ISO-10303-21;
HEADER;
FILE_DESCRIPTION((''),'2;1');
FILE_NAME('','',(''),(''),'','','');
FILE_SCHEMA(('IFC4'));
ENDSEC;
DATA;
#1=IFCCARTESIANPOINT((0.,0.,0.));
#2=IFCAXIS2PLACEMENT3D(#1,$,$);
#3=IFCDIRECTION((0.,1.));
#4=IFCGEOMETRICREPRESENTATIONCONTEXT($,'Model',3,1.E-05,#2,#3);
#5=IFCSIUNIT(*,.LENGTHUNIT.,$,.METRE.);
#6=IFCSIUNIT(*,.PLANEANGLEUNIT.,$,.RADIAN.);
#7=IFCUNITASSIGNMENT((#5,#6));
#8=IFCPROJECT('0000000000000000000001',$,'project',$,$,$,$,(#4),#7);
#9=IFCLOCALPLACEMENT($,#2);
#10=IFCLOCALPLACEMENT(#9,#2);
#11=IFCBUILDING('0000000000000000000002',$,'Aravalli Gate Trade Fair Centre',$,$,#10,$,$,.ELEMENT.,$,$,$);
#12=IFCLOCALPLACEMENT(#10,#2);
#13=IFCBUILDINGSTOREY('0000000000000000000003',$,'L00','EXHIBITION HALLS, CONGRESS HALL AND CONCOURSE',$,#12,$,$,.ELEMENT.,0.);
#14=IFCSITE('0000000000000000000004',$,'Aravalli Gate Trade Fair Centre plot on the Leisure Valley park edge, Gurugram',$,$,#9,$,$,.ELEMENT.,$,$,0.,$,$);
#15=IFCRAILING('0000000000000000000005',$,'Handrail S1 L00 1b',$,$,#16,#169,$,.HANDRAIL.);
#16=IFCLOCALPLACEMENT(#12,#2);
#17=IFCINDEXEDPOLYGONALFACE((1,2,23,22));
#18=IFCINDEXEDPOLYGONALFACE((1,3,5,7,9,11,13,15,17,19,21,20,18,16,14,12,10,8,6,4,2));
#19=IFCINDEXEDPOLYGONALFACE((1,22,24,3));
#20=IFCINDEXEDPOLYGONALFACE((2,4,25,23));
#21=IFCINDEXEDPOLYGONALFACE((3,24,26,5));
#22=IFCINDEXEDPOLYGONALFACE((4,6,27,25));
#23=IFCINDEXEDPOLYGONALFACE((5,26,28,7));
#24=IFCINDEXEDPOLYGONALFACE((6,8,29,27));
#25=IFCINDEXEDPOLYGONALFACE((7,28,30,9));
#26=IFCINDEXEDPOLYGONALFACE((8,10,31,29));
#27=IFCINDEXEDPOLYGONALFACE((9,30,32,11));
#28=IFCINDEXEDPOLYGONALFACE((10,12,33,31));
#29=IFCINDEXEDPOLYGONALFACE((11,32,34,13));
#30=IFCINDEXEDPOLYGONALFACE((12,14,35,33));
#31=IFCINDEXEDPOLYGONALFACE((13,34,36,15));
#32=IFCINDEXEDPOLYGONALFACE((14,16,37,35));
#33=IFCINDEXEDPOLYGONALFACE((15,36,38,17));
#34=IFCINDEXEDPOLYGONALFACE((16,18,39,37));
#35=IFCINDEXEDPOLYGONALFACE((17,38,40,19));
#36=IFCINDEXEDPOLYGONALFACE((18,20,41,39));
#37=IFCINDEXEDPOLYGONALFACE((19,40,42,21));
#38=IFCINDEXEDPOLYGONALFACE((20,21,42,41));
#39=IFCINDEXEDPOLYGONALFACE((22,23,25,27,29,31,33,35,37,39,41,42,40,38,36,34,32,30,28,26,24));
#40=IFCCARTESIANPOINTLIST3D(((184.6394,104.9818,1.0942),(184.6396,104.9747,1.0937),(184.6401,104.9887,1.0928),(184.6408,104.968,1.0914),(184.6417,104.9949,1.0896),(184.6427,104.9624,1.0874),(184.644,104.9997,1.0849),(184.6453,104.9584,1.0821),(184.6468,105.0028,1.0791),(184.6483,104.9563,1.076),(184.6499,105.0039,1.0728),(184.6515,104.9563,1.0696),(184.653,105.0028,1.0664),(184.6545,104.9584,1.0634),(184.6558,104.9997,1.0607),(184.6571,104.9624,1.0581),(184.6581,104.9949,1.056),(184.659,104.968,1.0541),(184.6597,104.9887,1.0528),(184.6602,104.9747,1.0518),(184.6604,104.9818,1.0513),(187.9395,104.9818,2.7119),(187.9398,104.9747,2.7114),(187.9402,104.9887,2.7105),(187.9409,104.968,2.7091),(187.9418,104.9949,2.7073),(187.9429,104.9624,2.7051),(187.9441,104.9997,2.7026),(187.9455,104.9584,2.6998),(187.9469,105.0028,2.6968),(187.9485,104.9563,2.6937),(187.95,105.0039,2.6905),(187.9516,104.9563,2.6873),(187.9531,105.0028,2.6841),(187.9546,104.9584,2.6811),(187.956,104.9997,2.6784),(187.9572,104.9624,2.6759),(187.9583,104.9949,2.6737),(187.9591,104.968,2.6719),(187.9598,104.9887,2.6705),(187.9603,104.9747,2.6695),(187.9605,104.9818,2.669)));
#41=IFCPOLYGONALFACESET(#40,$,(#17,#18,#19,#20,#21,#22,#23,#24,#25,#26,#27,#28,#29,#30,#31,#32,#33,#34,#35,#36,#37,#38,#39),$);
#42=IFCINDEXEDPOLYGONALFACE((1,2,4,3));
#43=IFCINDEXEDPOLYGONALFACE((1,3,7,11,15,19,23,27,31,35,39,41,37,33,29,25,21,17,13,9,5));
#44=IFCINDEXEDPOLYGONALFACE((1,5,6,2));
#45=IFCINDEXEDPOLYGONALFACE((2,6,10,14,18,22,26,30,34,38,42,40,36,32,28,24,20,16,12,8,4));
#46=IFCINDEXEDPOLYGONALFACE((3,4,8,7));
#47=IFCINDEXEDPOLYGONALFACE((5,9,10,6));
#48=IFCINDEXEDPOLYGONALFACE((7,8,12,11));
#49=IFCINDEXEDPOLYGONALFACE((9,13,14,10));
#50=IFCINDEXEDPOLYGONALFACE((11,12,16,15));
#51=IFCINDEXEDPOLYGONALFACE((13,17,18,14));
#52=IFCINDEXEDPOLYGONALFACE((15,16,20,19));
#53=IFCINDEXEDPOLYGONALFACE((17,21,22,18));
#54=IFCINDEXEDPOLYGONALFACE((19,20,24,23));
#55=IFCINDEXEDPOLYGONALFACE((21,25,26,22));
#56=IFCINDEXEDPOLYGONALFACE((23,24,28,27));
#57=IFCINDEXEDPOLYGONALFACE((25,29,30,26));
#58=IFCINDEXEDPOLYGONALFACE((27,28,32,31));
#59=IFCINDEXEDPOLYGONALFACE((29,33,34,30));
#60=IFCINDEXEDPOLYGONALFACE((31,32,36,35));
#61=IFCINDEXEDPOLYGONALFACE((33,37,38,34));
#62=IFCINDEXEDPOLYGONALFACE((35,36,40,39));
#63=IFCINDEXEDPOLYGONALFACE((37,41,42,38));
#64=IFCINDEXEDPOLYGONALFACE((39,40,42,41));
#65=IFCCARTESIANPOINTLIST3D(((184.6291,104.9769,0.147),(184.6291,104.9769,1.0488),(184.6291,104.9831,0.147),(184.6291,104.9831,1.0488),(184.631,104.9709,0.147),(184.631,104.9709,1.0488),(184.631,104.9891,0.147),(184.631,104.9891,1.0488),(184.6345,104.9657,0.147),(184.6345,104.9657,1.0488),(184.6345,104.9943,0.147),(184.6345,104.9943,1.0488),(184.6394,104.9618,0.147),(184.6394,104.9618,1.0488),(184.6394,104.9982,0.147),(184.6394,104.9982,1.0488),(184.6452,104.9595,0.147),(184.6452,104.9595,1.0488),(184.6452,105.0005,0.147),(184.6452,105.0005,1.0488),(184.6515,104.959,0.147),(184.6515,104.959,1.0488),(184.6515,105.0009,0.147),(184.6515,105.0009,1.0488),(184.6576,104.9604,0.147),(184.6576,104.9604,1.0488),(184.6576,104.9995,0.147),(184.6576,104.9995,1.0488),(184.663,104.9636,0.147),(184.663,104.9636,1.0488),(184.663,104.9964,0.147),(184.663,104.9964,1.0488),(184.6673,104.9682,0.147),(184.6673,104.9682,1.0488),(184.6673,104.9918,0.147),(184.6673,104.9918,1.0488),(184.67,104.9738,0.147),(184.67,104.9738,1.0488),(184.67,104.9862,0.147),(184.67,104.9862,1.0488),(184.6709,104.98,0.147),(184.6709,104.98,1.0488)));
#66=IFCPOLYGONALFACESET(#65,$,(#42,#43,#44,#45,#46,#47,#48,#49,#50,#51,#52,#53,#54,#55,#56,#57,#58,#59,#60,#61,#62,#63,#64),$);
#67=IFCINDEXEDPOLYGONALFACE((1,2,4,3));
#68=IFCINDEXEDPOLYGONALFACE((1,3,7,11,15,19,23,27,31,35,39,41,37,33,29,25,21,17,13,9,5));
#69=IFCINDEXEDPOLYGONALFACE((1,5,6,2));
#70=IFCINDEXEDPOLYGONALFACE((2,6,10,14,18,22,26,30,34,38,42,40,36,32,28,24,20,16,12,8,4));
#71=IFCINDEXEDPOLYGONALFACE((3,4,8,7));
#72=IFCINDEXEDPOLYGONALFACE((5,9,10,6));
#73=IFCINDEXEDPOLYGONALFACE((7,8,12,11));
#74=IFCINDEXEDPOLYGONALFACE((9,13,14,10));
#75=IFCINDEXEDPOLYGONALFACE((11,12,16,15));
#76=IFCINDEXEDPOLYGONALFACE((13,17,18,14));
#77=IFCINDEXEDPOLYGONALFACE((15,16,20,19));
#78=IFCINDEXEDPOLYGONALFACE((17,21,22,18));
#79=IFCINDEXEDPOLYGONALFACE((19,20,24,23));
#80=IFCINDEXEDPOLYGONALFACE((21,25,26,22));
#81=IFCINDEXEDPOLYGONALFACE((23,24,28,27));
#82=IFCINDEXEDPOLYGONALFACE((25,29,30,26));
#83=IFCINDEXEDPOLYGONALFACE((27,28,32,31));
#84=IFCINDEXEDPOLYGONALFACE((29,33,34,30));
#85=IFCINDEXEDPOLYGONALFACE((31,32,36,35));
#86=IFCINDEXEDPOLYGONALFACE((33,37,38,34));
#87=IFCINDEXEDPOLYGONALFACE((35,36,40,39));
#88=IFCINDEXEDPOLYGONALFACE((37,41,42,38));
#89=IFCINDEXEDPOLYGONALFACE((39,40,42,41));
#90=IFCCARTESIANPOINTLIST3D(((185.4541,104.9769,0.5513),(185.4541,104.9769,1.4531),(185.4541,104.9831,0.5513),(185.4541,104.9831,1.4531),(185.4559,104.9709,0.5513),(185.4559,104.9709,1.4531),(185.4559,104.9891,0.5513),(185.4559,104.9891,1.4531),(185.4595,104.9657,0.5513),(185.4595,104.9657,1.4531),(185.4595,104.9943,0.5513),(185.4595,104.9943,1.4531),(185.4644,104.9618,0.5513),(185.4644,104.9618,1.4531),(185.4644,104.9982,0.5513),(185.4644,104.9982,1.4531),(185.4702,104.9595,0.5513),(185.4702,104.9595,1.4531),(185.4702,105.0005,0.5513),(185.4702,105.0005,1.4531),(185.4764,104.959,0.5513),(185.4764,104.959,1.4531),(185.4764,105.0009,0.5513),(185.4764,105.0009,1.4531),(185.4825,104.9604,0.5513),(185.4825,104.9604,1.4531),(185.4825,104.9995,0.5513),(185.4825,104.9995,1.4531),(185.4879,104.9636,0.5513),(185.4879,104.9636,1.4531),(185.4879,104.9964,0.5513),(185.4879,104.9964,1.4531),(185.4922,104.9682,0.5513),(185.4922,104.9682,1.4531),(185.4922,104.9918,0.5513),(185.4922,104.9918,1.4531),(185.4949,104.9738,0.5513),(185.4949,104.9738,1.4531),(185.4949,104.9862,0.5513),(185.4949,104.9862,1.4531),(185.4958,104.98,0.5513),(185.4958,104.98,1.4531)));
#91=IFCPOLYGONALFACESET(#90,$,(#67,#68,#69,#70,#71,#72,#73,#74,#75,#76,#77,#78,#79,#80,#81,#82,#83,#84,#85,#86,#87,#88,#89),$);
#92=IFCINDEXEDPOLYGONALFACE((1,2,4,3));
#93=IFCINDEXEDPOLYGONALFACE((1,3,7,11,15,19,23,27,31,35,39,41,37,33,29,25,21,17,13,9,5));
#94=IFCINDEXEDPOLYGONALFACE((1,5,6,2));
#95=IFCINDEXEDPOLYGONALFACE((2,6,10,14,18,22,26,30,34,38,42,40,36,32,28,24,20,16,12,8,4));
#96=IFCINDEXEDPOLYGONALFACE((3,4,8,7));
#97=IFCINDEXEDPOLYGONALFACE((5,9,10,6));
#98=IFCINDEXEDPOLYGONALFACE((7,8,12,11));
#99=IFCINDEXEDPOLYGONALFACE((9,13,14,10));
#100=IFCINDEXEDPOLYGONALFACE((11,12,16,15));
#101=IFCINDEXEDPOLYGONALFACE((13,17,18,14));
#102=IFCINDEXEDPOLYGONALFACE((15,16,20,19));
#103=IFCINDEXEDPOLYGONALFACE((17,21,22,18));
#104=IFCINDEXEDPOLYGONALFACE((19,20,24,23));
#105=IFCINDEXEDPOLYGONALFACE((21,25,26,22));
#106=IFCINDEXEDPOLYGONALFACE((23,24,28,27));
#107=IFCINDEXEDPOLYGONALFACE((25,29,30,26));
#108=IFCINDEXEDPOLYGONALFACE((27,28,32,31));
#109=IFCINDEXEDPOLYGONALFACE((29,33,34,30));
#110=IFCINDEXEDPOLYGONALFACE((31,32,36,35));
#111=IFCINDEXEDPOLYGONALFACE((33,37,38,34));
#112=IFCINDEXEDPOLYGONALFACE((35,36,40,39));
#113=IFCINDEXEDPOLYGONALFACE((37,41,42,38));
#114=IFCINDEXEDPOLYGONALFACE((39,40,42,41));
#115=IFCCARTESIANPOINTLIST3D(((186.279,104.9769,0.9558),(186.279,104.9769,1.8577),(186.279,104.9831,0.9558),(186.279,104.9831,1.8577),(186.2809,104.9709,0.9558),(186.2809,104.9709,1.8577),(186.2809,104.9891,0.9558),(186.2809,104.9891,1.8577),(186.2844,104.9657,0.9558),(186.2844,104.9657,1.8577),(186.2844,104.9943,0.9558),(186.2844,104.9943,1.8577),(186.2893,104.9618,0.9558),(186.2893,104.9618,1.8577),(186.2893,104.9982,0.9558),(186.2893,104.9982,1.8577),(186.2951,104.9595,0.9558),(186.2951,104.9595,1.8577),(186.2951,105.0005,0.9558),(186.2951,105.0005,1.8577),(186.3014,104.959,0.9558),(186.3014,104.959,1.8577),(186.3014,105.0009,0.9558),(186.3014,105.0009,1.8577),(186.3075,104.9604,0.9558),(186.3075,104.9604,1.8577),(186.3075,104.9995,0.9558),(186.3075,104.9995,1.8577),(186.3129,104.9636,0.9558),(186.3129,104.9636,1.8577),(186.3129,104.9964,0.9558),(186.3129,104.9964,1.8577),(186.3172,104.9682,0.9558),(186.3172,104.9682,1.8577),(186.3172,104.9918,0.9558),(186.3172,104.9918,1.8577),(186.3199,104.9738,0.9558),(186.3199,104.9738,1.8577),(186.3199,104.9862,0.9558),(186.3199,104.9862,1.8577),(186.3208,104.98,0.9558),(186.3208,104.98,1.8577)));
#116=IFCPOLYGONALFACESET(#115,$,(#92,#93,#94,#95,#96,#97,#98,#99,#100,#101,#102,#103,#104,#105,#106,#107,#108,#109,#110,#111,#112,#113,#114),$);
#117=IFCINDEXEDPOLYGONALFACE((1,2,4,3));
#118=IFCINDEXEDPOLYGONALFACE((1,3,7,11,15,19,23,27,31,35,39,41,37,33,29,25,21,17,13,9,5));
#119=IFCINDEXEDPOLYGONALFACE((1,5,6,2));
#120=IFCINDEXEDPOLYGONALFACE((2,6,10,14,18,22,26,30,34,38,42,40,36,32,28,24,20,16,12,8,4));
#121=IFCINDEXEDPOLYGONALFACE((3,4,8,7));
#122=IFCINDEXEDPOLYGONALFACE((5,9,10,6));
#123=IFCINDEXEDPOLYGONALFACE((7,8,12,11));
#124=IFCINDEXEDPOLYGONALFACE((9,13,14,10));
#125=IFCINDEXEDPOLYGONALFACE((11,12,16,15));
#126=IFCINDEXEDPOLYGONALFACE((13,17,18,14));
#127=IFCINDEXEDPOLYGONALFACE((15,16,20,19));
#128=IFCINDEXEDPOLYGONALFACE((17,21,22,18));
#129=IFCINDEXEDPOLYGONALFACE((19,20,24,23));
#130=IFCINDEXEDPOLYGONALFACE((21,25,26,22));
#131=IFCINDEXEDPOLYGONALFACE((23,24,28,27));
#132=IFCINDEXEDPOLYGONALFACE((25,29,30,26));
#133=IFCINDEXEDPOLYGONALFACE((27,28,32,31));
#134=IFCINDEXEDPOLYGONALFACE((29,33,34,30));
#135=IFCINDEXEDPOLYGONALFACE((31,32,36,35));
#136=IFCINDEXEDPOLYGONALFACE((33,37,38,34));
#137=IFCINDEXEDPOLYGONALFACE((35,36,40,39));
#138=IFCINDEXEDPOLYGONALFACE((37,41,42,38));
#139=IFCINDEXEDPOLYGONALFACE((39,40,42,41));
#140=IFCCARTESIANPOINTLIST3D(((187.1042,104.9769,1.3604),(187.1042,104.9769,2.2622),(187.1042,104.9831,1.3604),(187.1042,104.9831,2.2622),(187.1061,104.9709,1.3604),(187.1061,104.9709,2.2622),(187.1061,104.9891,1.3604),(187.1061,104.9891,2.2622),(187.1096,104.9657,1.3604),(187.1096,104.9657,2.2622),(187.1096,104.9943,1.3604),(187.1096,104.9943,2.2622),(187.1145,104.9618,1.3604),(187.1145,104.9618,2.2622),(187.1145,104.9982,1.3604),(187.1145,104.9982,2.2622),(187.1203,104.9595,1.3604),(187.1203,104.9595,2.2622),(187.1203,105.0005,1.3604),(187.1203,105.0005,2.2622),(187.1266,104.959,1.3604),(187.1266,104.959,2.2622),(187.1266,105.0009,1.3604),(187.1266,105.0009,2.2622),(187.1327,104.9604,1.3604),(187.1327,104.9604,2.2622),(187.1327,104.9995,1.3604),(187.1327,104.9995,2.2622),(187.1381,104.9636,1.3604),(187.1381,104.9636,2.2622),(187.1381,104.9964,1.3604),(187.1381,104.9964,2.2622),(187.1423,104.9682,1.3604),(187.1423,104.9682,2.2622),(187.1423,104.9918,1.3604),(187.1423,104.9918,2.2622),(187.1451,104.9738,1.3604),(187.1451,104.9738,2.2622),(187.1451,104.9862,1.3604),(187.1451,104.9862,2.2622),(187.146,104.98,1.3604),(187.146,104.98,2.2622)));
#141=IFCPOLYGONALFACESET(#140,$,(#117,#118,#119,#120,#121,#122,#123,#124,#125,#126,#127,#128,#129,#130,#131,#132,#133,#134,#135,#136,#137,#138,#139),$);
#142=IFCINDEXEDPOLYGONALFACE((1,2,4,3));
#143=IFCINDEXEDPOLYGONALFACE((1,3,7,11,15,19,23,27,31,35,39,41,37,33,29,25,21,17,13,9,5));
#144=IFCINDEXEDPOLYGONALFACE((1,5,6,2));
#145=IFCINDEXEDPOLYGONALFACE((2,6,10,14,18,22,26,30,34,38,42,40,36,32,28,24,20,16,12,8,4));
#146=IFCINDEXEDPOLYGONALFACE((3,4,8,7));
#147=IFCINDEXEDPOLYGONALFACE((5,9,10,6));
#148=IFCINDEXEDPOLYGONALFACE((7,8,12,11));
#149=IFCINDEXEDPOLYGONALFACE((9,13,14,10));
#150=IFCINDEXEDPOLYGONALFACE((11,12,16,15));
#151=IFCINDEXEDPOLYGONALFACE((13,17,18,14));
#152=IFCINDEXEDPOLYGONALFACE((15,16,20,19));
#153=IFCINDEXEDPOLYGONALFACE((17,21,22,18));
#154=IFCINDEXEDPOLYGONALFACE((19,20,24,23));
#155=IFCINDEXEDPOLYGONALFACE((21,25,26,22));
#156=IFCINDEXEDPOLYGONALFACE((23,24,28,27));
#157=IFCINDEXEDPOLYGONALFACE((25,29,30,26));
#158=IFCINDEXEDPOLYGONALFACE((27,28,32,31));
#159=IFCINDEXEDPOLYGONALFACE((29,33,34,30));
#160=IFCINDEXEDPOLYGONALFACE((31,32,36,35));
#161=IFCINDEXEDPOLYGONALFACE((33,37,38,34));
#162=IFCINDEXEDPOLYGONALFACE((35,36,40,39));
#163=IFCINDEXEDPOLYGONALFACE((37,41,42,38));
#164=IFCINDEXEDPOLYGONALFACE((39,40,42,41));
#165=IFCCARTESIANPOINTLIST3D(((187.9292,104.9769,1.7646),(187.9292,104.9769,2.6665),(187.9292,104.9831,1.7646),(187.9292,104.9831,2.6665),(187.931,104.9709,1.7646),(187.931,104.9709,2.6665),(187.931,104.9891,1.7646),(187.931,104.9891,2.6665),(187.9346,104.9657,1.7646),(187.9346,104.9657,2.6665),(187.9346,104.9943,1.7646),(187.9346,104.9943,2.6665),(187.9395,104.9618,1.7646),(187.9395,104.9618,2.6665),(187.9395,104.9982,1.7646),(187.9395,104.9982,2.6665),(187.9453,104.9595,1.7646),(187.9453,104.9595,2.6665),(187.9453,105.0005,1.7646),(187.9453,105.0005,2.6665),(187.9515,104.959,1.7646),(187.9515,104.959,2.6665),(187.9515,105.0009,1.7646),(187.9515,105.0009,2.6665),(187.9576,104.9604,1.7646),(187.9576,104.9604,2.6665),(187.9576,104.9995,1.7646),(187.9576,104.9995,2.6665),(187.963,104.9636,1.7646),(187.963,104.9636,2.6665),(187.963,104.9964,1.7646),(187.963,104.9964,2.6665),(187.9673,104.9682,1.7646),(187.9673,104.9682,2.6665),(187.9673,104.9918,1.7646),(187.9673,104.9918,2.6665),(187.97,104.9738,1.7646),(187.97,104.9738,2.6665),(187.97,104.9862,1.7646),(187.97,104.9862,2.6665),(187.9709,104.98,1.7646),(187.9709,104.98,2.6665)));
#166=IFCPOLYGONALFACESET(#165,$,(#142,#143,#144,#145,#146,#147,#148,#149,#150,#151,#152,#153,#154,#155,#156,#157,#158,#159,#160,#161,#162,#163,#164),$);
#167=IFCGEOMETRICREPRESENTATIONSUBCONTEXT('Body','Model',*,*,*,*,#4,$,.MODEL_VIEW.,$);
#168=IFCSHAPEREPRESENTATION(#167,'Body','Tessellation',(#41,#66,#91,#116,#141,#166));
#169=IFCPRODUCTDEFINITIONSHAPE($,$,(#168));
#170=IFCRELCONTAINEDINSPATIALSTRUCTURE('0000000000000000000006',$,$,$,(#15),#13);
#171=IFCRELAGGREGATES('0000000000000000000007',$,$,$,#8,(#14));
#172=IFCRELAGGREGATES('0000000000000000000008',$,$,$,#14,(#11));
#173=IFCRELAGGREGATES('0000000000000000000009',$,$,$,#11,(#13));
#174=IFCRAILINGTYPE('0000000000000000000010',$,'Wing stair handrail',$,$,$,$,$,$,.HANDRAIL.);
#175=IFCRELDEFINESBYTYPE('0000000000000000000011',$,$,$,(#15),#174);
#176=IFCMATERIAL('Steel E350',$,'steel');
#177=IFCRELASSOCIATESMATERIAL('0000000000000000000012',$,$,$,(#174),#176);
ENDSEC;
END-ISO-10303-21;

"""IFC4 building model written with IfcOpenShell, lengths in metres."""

from ifc_helpers import new_model, si_unit, direction, frame, origin, origin_2d, place, context, subcontext, project, spatial, circle, extrude, material, type_object, element, save


model = new_model("IFC4")

# Units and contexts
model_context = context("Model", 3, precision=1e-05, world=origin(), true_north=direction((0.0, 1.0)))
body_context = subcontext(model_context, "Body", "Model", "MODEL_VIEW")
ifc_project = project(units=[si_unit("LENGTHUNIT", "METRE"), si_unit("PLANEANGLEUNIT", "RADIAN")], contexts=[model_context])

# Site, building, storey
site_placement = place(None, origin())
site = spatial("IfcSite", under=ifc_project, at=site_placement, Name="Aravalli Gate Trade Fair Centre plot on the Leisure Valley park edge, Gurugram", CompositionType="ELEMENT", RefElevation=0.0)
building_placement = place(site_placement, origin())
building = spatial("IfcBuilding", under=site, at=building_placement, Name="Aravalli Gate Trade Fair Centre", CompositionType="ELEMENT")
storey_placement = place(building_placement, origin())
storey = spatial("IfcBuildingStorey", under=building, at=storey_placement, Name="L00", Description="EXHIBITION HALLS, CONGRESS HALL AND CONCOURSE", CompositionType="ELEMENT", Elevation=0.0)

# Shared definitions
ifc_material_1 = material(Name="Steel E350", Category="steel")

# Railing
railing_type_1 = type_object("IfcRailingType", Name="Wing stair handrail", PredefinedType="HANDRAIL", material=ifc_material_1)
railing_1_placement = place(storey_placement, frame((184.6499, 104.98, 0.147)))
element("IfcRailing", 1, at=railing_1_placement, inside=storey, type_object=railing_type_1, Name="Handrail S1 L00 1b", PredefinedType="HANDRAIL", context=body_context, shape_type="SweptSolid", body=[
    extrude(circle(Radius=0.0239, at=origin_2d()), frame((0.0, 0.0, 0.9258), z_axis=(0.89792, 0.0, 0.440158), x_axis=(0.0, 1.0, 0.0)), (0.0, 0.0, 1.0), 3.6753),
    extrude(circle(Radius=0.021, at=origin_2d()), origin(), (0.0, 0.0, 1.0), 0.9019),
    extrude(circle(Radius=0.021, at=origin_2d()), frame((0.825, 0.0, 0.4043)), (0.0, 0.0, 1.0), 0.9019),
    extrude(circle(Radius=0.021, at=origin_2d()), frame((1.6499, 0.0, 0.8088)), (0.0, 0.0, 1.0), 0.9019),
    extrude(circle(Radius=0.021, at=origin_2d()), frame((2.4751, 0.0, 1.2134)), (0.0, 0.0, 1.0), 0.9019),
    extrude(circle(Radius=0.021, at=origin_2d()), frame((3.3, 0.0, 1.6177)), (0.0, 0.0, 1.0), 0.9019),
])

save(model, "model.ifc")
